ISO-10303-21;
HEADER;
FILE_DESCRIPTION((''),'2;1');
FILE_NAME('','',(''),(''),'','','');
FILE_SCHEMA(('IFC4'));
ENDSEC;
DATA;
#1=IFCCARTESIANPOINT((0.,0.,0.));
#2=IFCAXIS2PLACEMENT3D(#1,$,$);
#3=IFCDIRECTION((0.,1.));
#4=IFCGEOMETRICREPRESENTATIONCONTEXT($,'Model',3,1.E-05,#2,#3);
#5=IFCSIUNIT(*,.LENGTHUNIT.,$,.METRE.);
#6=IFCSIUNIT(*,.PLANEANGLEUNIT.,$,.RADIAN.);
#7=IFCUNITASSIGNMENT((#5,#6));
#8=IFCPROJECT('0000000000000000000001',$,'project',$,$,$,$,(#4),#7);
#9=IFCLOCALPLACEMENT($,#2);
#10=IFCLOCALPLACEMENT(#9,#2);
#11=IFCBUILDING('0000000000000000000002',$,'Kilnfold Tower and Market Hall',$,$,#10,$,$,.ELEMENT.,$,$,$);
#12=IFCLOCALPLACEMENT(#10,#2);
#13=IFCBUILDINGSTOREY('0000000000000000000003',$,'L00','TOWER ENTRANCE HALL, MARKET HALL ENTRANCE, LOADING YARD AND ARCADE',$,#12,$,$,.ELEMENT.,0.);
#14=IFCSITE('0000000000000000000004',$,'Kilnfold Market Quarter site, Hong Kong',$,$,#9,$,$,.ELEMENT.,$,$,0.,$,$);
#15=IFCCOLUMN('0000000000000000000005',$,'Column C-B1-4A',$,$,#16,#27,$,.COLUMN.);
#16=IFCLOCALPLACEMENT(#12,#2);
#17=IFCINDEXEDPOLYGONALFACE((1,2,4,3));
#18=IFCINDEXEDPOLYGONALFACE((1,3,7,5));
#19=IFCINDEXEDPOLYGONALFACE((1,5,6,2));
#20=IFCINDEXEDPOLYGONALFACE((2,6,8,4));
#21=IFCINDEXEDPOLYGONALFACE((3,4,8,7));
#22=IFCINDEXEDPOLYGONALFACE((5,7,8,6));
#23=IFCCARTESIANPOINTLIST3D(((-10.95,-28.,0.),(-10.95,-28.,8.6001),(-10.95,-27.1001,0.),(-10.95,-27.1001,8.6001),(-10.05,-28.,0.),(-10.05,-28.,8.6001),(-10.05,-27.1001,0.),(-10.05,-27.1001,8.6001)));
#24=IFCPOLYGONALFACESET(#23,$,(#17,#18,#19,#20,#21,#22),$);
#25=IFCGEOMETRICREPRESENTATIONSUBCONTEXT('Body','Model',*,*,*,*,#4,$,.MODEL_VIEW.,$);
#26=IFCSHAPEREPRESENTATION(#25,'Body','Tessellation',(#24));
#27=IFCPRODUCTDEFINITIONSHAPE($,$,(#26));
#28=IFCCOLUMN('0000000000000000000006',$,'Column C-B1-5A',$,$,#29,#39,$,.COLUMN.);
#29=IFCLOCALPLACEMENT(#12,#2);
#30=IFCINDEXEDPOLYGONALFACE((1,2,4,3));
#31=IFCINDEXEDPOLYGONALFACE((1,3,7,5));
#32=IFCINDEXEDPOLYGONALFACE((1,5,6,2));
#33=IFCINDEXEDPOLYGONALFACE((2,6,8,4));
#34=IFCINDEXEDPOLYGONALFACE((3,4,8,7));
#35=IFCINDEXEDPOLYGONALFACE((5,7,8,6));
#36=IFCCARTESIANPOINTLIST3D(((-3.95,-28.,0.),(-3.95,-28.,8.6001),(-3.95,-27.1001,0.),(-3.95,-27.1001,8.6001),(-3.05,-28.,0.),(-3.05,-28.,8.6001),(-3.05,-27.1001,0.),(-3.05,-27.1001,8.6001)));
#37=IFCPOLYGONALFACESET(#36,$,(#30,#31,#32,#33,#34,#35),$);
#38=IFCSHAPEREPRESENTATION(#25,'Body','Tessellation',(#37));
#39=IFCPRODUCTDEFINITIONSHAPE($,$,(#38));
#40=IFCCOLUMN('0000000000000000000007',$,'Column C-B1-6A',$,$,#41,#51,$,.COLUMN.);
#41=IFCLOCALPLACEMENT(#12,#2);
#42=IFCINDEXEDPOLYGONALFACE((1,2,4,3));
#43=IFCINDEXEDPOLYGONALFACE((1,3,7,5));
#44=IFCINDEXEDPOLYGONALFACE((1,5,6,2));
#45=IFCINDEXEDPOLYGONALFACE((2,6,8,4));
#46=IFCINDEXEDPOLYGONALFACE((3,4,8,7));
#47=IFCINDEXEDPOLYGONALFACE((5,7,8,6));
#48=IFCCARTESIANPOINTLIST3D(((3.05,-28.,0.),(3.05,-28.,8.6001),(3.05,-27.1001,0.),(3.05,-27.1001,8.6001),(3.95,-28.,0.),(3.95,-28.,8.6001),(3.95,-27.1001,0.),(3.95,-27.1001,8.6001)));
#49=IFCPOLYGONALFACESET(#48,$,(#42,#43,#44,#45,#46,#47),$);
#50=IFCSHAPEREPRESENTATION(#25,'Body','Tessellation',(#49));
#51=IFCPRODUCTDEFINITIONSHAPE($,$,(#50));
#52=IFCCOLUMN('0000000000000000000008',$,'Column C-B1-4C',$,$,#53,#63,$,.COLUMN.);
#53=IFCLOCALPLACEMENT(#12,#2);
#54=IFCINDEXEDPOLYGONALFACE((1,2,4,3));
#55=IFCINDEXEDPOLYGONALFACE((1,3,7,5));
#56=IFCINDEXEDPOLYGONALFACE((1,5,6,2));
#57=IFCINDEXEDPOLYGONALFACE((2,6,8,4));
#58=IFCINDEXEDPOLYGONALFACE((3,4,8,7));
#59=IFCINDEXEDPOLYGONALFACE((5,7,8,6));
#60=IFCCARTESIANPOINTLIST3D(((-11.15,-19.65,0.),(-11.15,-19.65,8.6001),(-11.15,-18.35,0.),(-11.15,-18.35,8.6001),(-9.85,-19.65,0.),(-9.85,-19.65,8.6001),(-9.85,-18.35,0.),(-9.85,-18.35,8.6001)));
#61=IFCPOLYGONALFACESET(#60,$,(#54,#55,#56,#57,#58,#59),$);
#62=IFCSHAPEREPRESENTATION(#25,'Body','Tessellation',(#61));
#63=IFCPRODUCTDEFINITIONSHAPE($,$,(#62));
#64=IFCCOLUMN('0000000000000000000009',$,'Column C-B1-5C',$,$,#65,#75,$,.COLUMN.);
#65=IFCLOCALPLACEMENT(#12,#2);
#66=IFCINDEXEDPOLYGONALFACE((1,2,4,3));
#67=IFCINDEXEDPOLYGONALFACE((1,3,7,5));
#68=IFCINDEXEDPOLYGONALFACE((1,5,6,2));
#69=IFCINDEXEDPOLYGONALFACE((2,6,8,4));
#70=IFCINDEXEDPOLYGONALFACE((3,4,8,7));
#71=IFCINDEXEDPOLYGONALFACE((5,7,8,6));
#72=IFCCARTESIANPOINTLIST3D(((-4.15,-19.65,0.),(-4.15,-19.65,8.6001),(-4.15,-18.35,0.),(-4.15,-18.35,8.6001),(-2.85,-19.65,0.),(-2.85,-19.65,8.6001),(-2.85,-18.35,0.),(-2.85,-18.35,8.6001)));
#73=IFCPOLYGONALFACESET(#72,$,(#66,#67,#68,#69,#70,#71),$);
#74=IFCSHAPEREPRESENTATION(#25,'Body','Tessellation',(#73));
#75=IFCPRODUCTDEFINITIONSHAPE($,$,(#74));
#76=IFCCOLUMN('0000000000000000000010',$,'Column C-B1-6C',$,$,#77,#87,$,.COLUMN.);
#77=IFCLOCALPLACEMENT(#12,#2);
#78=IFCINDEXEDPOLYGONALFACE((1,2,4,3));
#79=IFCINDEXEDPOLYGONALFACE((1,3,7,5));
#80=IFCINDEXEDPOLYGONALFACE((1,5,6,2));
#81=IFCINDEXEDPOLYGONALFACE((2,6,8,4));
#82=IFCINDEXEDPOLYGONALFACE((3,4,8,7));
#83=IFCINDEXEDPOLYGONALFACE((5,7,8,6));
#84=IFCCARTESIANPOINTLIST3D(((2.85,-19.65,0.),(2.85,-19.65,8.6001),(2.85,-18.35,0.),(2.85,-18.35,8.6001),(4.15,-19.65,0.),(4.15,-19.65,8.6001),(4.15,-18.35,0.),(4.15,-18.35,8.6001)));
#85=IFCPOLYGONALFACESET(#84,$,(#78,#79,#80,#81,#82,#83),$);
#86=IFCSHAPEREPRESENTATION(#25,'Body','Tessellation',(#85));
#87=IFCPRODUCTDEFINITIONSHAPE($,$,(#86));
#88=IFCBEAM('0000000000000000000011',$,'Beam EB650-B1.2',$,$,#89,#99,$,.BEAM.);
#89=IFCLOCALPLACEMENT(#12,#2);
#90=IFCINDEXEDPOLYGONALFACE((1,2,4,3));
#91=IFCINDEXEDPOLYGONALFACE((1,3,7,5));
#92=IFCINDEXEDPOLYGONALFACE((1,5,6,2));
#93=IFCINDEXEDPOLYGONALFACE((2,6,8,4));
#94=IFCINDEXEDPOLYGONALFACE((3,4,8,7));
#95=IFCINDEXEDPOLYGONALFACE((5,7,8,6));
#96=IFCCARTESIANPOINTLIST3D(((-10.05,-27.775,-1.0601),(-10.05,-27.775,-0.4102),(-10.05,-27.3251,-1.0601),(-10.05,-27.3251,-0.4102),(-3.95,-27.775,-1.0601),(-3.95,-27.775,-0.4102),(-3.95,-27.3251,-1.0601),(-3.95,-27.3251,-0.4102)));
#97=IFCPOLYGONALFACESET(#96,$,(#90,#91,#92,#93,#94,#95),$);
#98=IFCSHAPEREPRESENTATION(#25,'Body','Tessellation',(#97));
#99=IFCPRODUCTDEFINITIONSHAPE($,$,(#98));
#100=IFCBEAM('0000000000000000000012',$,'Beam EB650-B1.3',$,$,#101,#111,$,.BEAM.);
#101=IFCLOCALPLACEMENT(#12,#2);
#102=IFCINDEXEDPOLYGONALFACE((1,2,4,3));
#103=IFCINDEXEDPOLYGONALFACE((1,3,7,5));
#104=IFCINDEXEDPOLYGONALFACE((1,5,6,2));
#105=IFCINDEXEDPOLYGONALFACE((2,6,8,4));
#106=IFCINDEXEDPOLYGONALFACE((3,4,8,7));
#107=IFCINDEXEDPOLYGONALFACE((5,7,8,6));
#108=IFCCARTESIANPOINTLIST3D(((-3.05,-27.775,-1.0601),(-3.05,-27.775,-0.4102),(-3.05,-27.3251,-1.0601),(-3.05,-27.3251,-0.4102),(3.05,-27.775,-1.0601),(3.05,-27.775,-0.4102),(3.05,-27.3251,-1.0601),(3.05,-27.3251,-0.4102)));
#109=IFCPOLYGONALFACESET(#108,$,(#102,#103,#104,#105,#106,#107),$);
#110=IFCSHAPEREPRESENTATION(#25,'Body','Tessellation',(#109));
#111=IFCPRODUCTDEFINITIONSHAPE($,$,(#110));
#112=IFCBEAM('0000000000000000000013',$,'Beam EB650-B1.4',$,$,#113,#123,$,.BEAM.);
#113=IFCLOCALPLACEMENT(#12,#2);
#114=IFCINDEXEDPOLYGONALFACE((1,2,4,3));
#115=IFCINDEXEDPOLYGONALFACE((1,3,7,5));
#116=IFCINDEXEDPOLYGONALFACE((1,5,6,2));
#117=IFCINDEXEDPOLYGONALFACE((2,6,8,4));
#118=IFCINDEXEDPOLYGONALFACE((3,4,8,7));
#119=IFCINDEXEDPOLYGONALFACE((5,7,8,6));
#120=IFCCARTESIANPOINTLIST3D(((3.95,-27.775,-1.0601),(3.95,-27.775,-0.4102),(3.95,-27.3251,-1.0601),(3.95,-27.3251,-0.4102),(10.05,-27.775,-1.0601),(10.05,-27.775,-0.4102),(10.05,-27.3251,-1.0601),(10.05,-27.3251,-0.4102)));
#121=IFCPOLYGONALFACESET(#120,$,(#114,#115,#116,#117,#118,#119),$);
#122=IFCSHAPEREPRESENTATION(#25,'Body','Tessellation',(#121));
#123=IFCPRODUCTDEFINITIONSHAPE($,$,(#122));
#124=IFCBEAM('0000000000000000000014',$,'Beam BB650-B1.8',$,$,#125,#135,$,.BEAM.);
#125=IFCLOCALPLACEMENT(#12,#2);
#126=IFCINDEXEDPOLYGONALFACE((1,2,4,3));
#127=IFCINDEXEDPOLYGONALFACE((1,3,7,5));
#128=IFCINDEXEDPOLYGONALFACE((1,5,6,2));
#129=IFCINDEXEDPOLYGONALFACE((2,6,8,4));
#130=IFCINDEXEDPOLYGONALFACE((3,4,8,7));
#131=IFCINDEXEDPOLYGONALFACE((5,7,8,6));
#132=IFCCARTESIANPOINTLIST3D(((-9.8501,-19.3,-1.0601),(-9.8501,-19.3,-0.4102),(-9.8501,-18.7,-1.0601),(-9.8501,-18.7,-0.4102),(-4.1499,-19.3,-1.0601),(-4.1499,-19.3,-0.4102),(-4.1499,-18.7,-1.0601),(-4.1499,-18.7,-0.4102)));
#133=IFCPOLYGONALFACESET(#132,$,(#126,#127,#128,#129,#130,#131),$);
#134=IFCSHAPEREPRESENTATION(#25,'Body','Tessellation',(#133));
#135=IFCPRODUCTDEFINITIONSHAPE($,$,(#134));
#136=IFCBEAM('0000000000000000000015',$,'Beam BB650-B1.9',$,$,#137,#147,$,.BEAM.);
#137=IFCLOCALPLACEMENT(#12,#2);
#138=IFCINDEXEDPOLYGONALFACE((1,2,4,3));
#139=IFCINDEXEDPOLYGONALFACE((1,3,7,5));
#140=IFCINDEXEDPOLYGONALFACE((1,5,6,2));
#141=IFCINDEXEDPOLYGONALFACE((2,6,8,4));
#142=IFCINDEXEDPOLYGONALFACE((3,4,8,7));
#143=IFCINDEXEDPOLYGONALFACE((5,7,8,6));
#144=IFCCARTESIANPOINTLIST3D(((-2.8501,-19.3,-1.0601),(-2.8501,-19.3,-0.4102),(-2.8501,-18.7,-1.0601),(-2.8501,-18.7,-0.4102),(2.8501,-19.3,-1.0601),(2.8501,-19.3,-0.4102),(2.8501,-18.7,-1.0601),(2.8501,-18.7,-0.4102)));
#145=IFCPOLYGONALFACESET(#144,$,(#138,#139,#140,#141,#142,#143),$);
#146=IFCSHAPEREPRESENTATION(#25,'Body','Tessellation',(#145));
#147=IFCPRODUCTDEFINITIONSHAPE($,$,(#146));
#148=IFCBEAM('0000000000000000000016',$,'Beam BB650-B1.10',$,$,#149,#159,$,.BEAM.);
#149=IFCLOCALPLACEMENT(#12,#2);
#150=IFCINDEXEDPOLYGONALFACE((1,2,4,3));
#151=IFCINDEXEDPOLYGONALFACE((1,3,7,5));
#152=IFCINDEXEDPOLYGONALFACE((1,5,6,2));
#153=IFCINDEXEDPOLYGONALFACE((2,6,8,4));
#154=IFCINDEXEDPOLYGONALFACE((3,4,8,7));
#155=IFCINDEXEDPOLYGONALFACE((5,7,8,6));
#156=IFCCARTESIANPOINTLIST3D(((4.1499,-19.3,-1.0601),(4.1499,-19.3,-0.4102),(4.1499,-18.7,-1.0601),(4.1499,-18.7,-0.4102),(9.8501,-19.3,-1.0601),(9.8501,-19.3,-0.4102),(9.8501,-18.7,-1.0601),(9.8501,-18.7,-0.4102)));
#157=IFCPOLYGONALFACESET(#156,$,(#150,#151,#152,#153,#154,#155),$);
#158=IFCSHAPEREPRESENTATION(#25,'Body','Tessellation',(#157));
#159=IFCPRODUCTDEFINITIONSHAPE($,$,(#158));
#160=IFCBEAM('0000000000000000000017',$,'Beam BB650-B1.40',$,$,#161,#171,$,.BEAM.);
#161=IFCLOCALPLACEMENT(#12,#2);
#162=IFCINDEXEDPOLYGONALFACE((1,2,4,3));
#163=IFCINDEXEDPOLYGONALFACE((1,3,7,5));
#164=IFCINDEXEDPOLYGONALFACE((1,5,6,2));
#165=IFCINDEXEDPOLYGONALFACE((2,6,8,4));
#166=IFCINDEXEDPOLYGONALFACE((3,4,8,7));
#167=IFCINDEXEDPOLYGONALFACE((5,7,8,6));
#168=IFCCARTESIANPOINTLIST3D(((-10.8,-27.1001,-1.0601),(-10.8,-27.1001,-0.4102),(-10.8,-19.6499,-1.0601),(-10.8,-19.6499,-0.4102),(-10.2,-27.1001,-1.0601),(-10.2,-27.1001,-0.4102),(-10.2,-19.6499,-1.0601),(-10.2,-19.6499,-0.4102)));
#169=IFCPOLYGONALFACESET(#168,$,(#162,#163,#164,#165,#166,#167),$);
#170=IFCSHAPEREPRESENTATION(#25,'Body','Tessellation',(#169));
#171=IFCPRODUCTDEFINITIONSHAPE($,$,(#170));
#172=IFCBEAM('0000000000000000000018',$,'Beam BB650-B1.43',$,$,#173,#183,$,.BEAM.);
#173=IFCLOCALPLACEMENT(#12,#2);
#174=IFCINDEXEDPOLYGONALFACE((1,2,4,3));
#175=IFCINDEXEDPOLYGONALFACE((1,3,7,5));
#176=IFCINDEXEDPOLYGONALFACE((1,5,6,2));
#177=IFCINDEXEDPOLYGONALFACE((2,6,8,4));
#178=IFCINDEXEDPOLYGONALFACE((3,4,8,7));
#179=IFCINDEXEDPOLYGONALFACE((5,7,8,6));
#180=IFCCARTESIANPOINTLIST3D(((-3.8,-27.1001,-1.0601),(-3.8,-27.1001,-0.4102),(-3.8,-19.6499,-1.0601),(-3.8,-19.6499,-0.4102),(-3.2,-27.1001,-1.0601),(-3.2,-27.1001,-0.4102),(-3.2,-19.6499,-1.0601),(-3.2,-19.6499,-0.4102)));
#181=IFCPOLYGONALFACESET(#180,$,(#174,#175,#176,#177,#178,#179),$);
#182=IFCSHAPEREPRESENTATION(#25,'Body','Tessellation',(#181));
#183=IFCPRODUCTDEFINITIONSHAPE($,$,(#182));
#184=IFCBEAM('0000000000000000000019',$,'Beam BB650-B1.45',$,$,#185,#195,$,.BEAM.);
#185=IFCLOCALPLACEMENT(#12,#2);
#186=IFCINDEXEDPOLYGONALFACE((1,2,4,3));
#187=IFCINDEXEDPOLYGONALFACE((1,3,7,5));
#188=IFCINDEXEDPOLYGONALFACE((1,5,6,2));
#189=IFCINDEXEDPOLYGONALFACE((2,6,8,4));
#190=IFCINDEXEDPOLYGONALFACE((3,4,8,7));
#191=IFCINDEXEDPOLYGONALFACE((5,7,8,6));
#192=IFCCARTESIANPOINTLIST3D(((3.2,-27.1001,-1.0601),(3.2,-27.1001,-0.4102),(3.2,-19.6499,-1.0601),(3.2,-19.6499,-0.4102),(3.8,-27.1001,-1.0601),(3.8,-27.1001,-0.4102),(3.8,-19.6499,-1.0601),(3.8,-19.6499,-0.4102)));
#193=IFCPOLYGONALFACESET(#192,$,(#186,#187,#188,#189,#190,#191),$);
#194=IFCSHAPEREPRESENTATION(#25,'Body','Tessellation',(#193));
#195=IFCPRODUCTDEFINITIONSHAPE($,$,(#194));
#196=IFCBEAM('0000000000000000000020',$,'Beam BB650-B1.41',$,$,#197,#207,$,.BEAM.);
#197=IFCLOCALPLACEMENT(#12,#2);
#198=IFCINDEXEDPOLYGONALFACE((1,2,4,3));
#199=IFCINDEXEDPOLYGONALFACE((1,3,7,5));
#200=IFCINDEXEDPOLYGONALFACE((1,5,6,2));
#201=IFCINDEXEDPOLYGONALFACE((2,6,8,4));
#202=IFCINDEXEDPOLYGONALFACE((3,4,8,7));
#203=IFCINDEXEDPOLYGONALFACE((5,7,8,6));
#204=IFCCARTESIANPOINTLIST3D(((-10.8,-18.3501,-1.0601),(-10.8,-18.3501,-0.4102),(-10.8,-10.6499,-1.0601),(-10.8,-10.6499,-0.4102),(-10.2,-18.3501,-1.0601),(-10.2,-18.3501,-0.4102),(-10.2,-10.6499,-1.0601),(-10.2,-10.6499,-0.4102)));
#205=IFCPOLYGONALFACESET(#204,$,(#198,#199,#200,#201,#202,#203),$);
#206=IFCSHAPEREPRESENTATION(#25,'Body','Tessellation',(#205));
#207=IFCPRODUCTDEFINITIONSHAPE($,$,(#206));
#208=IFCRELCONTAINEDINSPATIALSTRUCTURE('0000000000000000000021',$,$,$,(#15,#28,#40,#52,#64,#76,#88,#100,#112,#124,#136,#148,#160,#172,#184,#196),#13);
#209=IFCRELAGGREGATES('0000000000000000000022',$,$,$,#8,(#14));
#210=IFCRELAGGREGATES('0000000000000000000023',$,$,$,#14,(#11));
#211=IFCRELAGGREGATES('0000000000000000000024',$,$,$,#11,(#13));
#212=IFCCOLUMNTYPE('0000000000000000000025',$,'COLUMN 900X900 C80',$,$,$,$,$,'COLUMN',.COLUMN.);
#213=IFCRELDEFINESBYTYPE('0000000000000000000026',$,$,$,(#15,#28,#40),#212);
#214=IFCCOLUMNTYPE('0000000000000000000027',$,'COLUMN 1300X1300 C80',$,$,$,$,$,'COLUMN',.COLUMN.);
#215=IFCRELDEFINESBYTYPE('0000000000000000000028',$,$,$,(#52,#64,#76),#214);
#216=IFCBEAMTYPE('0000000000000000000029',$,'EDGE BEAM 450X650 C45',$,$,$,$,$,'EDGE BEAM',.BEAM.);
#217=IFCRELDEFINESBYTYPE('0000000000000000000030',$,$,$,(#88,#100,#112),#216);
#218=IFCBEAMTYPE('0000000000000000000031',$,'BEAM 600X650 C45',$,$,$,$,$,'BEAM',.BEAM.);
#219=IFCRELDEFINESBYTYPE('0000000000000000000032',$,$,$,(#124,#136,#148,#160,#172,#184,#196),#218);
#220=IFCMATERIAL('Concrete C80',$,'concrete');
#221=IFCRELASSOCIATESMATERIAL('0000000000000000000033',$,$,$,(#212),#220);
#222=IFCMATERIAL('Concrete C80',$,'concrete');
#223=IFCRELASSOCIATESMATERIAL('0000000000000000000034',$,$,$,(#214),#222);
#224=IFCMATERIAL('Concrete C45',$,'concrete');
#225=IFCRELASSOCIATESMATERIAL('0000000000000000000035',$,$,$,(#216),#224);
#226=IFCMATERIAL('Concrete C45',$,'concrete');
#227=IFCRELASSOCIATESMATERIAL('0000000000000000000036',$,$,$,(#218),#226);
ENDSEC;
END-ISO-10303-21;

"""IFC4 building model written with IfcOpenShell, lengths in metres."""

from ifc_helpers import new_model, si_unit, direction, frame, origin, origin_2d, place, context, subcontext, project, spatial, rectangle, extrude, source, transform, mapped, material, material_profile, profile_set, type_object, element, save


model = new_model("IFC4")

# Units and contexts
model_context = context("Model", 3, precision=1e-05, world=origin(), true_north=direction((0.0, 1.0)))
body_context = subcontext(model_context, "Body", "Model", "MODEL_VIEW")
ifc_project = project(units=[si_unit("LENGTHUNIT", "METRE"), si_unit("PLANEANGLEUNIT", "RADIAN")], contexts=[model_context])

# Site, building, storey
site_placement = place(None, origin())
site = spatial("IfcSite", under=ifc_project, at=site_placement, Name="Kilnfold Market Quarter site, Hong Kong", CompositionType="ELEMENT", RefElevation=0.0)
building_placement = place(site_placement, origin())
building = spatial("IfcBuilding", under=site, at=building_placement, Name="Kilnfold Tower and Market Hall", CompositionType="ELEMENT")
storey_placement = place(building_placement, origin())
storey = spatial("IfcBuildingStorey", under=building, at=storey_placement, Name="L00", Description="TOWER ENTRANCE HALL, MARKET HALL ENTRANCE, LOADING YARD AND ARCADE", CompositionType="ELEMENT", Elevation=0.0)

# Columns
ifc_material_1 = material(Name="Concrete C80", Category="concrete")
ifc_material_profile_1 = material_profile(ifc_material_1, rectangle(XDim=0.8999, YDim=0.8999, at=origin_2d()), Name="RC 900x900")
ifc_profile_set_1 = profile_set([ifc_material_profile_1], Name="Concrete C80")
column_type_1 = type_object("IfcColumnType", Name="COLUMN 900X900 C80", ElementType="COLUMN", PredefinedType="COLUMN", material=ifc_profile_set_1)
shared_shape_1 = source(origin(), body_context, "Body", "SweptSolid", [
    extrude(rectangle(XDim=0.8999, YDim=0.8999, at=origin_2d()), origin(), (0.0, 0.0, 1.0), 8.6001),
])
for number, where, z_axis, x_axis, name in (
    (1, (-10.5, -27.55, 0.0), (0.0, 0.0, 1.0), (1.0, 0.0, 0.0), "Column C-B1-4A"),
    (2, (-3.5, -27.55, 0.0), (0.0, 0.0, 1.0), (1.0, 0.0, 0.0), "Column C-B1-5A"),
    (3, (3.5, -27.55, 0.0), (0.0, 0.0, 1.0), (1.0, 0.0, 0.0), "Column C-B1-6A"),
):
    element("IfcColumn", number, at=place(storey_placement, frame(where, z_axis=z_axis, x_axis=x_axis)), inside=storey, type_object=column_type_1, Name=name, PredefinedType="COLUMN", context=body_context, shape_type="MappedRepresentation", body=[
        mapped(shared_shape_1, transform((0.0, 0.0, 0.0))),
    ])
ifc_material_2 = material(Name="Concrete C80", Category="concrete")
ifc_material_profile_2 = material_profile(ifc_material_2, rectangle(XDim=1.3, YDim=1.3, at=origin_2d()), Name="RC 1300x1300")
ifc_profile_set_2 = profile_set([ifc_material_profile_2], Name="Concrete C80")
column_type_2 = type_object("IfcColumnType", Name="COLUMN 1300X1300 C80", ElementType="COLUMN", PredefinedType="COLUMN", material=ifc_profile_set_2)
shared_shape_2 = source(origin(), body_context, "Body", "SweptSolid", [
    extrude(rectangle(XDim=1.3, YDim=1.3, at=origin_2d()), origin(), (0.0, 0.0, 1.0), 8.6001),
])
for number, where, z_axis, x_axis, name in (
    (4, (-10.5, -19.0, 0.0), (0.0, 0.0, 1.0), (1.0, 0.0, 0.0), "Column C-B1-4C"),
    (5, (-3.5, -19.0, 0.0), (0.0, 0.0, 1.0), (1.0, 0.0, 0.0), "Column C-B1-5C"),
    (6, (3.5, -19.0, 0.0), (0.0, 0.0, 1.0), (1.0, 0.0, 0.0), "Column C-B1-6C"),
):
    element("IfcColumn", number, at=place(storey_placement, frame(where, z_axis=z_axis, x_axis=x_axis)), inside=storey, type_object=column_type_2, Name=name, PredefinedType="COLUMN", context=body_context, shape_type="MappedRepresentation", body=[
        mapped(shared_shape_2, transform((0.0, 0.0, 0.0))),
    ])

# Beams
ifc_material_3 = material(Name="Concrete C45", Category="concrete")
ifc_material_profile_3 = material_profile(ifc_material_3, rectangle(XDim=0.45, YDim=0.6499, at=origin_2d()), Name="RC 450x650")
ifc_profile_set_3 = profile_set([ifc_material_profile_3], Name="Concrete C45")
beam_type_1 = type_object("IfcBeamType", Name="EDGE BEAM 450X650 C45", ElementType="EDGE BEAM", PredefinedType="BEAM", material=ifc_profile_set_3)
shared_shape_3 = source(origin(), body_context, "Body", "SweptSolid", [
    extrude(rectangle(XDim=0.45, YDim=0.6499, at=origin_2d()), origin(), (0.0, 0.0, 1.0), 6.1001),
])
for number, where, z_axis, x_axis, name in (
    (7, (-10.05, -27.55, -0.7351), (1.0, 0.0, 0.0), (0.0, 1.0, 0.0), "Beam EB650-B1.2"),
    (8, (-3.05, -27.55, -0.7351), (1.0, 0.0, 0.0), (0.0, 1.0, 0.0), "Beam EB650-B1.3"),
    (9, (3.95, -27.55, -0.7351), (1.0, 0.0, 0.0), (0.0, 1.0, 0.0), "Beam EB650-B1.4"),
):
    element("IfcBeam", number, at=place(storey_placement, frame(where, z_axis=z_axis, x_axis=x_axis)), inside=storey, type_object=beam_type_1, Name=name, PredefinedType="BEAM", context=body_context, shape_type="MappedRepresentation", body=[
        mapped(shared_shape_3, transform((0.0, 0.0, 0.0))),
    ])
ifc_material_4 = material(Name="Concrete C45", Category="concrete")
ifc_material_profile_4 = material_profile(ifc_material_4, rectangle(XDim=0.6001, YDim=0.6499, at=origin_2d()), Name="RC 600x650")
ifc_profile_set_4 = profile_set([ifc_material_profile_4], Name="Concrete C45")
beam_type_2 = type_object("IfcBeamType", Name="BEAM 600X650 C45", ElementType="BEAM", PredefinedType="BEAM", material=ifc_profile_set_4)
shared_shape_4 = source(origin(), body_context, "Body", "SweptSolid", [
    extrude(rectangle(XDim=0.6001, YDim=0.6499, at=origin_2d()), origin(), (0.0, 0.0, 1.0), 5.7002),
])
for number, where, z_axis, x_axis, name in (
    (10, (-9.8501, -19.0, -0.7351), (1.0, 0.0, 0.0), (0.0, 1.0, 0.0), "Beam BB650-B1.8"),
    (11, (-2.8501, -19.0, -0.7351), (1.0, 0.0, 0.0), (0.0, 1.0, 0.0), "Beam BB650-B1.9"),
    (12, (4.1499, -19.0, -0.7351), (1.0, 0.0, 0.0), (0.0, 1.0, 0.0), "Beam BB650-B1.10"),
):
    element("IfcBeam", number, at=place(storey_placement, frame(where, z_axis=z_axis, x_axis=x_axis)), inside=storey, type_object=beam_type_2, Name=name, PredefinedType="BEAM", context=body_context, shape_type="MappedRepresentation", body=[
        mapped(shared_shape_4, transform((0.0, 0.0, 0.0))),
    ])
shared_shape_5 = source(origin(), body_context, "Body", "SweptSolid", [
    extrude(rectangle(XDim=0.6001, YDim=0.6499, at=origin_2d()), origin(), (0.0, 0.0, 1.0), 7.4502),
])
for number, where, z_axis, x_axis, name in (
    (13, (-10.5, -27.1001, -0.7351), (0.0, 1.0, 0.0), (-1.0, 0.0, 0.0), "Beam BB650-B1.40"),
    (14, (-3.5, -27.1001, -0.7351), (0.0, 1.0, 0.0), (-1.0, 0.0, 0.0), "Beam BB650-B1.43"),
    (15, (3.5, -27.1001, -0.7351), (0.0, 1.0, 0.0), (-1.0, 0.0, 0.0), "Beam BB650-B1.45"),
):
    element("IfcBeam", number, at=place(storey_placement, frame(where, z_axis=z_axis, x_axis=x_axis)), inside=storey, type_object=beam_type_2, Name=name, PredefinedType="BEAM", context=body_context, shape_type="MappedRepresentation", body=[
        mapped(shared_shape_5, transform((0.0, 0.0, 0.0))),
    ])
shared_shape_6 = source(origin(), body_context, "Body", "SweptSolid", [
    extrude(rectangle(XDim=0.6001, YDim=0.6499, at=origin_2d()), origin(), (0.0, 0.0, 1.0), 7.7002),
])
beam_placement = place(storey_placement, frame((-10.5, -18.3501, -0.7351), z_axis=(0.0, 1.0, 0.0), x_axis=(-1.0, 0.0, 0.0)))
element("IfcBeam", 16, at=beam_placement, inside=storey, type_object=beam_type_2, Name="Beam BB650-B1.41", PredefinedType="BEAM", context=body_context, shape_type="MappedRepresentation", body=[
    mapped(shared_shape_6, transform((0.0, 0.0, 0.0))),
])

save(model, "model.ifc")
